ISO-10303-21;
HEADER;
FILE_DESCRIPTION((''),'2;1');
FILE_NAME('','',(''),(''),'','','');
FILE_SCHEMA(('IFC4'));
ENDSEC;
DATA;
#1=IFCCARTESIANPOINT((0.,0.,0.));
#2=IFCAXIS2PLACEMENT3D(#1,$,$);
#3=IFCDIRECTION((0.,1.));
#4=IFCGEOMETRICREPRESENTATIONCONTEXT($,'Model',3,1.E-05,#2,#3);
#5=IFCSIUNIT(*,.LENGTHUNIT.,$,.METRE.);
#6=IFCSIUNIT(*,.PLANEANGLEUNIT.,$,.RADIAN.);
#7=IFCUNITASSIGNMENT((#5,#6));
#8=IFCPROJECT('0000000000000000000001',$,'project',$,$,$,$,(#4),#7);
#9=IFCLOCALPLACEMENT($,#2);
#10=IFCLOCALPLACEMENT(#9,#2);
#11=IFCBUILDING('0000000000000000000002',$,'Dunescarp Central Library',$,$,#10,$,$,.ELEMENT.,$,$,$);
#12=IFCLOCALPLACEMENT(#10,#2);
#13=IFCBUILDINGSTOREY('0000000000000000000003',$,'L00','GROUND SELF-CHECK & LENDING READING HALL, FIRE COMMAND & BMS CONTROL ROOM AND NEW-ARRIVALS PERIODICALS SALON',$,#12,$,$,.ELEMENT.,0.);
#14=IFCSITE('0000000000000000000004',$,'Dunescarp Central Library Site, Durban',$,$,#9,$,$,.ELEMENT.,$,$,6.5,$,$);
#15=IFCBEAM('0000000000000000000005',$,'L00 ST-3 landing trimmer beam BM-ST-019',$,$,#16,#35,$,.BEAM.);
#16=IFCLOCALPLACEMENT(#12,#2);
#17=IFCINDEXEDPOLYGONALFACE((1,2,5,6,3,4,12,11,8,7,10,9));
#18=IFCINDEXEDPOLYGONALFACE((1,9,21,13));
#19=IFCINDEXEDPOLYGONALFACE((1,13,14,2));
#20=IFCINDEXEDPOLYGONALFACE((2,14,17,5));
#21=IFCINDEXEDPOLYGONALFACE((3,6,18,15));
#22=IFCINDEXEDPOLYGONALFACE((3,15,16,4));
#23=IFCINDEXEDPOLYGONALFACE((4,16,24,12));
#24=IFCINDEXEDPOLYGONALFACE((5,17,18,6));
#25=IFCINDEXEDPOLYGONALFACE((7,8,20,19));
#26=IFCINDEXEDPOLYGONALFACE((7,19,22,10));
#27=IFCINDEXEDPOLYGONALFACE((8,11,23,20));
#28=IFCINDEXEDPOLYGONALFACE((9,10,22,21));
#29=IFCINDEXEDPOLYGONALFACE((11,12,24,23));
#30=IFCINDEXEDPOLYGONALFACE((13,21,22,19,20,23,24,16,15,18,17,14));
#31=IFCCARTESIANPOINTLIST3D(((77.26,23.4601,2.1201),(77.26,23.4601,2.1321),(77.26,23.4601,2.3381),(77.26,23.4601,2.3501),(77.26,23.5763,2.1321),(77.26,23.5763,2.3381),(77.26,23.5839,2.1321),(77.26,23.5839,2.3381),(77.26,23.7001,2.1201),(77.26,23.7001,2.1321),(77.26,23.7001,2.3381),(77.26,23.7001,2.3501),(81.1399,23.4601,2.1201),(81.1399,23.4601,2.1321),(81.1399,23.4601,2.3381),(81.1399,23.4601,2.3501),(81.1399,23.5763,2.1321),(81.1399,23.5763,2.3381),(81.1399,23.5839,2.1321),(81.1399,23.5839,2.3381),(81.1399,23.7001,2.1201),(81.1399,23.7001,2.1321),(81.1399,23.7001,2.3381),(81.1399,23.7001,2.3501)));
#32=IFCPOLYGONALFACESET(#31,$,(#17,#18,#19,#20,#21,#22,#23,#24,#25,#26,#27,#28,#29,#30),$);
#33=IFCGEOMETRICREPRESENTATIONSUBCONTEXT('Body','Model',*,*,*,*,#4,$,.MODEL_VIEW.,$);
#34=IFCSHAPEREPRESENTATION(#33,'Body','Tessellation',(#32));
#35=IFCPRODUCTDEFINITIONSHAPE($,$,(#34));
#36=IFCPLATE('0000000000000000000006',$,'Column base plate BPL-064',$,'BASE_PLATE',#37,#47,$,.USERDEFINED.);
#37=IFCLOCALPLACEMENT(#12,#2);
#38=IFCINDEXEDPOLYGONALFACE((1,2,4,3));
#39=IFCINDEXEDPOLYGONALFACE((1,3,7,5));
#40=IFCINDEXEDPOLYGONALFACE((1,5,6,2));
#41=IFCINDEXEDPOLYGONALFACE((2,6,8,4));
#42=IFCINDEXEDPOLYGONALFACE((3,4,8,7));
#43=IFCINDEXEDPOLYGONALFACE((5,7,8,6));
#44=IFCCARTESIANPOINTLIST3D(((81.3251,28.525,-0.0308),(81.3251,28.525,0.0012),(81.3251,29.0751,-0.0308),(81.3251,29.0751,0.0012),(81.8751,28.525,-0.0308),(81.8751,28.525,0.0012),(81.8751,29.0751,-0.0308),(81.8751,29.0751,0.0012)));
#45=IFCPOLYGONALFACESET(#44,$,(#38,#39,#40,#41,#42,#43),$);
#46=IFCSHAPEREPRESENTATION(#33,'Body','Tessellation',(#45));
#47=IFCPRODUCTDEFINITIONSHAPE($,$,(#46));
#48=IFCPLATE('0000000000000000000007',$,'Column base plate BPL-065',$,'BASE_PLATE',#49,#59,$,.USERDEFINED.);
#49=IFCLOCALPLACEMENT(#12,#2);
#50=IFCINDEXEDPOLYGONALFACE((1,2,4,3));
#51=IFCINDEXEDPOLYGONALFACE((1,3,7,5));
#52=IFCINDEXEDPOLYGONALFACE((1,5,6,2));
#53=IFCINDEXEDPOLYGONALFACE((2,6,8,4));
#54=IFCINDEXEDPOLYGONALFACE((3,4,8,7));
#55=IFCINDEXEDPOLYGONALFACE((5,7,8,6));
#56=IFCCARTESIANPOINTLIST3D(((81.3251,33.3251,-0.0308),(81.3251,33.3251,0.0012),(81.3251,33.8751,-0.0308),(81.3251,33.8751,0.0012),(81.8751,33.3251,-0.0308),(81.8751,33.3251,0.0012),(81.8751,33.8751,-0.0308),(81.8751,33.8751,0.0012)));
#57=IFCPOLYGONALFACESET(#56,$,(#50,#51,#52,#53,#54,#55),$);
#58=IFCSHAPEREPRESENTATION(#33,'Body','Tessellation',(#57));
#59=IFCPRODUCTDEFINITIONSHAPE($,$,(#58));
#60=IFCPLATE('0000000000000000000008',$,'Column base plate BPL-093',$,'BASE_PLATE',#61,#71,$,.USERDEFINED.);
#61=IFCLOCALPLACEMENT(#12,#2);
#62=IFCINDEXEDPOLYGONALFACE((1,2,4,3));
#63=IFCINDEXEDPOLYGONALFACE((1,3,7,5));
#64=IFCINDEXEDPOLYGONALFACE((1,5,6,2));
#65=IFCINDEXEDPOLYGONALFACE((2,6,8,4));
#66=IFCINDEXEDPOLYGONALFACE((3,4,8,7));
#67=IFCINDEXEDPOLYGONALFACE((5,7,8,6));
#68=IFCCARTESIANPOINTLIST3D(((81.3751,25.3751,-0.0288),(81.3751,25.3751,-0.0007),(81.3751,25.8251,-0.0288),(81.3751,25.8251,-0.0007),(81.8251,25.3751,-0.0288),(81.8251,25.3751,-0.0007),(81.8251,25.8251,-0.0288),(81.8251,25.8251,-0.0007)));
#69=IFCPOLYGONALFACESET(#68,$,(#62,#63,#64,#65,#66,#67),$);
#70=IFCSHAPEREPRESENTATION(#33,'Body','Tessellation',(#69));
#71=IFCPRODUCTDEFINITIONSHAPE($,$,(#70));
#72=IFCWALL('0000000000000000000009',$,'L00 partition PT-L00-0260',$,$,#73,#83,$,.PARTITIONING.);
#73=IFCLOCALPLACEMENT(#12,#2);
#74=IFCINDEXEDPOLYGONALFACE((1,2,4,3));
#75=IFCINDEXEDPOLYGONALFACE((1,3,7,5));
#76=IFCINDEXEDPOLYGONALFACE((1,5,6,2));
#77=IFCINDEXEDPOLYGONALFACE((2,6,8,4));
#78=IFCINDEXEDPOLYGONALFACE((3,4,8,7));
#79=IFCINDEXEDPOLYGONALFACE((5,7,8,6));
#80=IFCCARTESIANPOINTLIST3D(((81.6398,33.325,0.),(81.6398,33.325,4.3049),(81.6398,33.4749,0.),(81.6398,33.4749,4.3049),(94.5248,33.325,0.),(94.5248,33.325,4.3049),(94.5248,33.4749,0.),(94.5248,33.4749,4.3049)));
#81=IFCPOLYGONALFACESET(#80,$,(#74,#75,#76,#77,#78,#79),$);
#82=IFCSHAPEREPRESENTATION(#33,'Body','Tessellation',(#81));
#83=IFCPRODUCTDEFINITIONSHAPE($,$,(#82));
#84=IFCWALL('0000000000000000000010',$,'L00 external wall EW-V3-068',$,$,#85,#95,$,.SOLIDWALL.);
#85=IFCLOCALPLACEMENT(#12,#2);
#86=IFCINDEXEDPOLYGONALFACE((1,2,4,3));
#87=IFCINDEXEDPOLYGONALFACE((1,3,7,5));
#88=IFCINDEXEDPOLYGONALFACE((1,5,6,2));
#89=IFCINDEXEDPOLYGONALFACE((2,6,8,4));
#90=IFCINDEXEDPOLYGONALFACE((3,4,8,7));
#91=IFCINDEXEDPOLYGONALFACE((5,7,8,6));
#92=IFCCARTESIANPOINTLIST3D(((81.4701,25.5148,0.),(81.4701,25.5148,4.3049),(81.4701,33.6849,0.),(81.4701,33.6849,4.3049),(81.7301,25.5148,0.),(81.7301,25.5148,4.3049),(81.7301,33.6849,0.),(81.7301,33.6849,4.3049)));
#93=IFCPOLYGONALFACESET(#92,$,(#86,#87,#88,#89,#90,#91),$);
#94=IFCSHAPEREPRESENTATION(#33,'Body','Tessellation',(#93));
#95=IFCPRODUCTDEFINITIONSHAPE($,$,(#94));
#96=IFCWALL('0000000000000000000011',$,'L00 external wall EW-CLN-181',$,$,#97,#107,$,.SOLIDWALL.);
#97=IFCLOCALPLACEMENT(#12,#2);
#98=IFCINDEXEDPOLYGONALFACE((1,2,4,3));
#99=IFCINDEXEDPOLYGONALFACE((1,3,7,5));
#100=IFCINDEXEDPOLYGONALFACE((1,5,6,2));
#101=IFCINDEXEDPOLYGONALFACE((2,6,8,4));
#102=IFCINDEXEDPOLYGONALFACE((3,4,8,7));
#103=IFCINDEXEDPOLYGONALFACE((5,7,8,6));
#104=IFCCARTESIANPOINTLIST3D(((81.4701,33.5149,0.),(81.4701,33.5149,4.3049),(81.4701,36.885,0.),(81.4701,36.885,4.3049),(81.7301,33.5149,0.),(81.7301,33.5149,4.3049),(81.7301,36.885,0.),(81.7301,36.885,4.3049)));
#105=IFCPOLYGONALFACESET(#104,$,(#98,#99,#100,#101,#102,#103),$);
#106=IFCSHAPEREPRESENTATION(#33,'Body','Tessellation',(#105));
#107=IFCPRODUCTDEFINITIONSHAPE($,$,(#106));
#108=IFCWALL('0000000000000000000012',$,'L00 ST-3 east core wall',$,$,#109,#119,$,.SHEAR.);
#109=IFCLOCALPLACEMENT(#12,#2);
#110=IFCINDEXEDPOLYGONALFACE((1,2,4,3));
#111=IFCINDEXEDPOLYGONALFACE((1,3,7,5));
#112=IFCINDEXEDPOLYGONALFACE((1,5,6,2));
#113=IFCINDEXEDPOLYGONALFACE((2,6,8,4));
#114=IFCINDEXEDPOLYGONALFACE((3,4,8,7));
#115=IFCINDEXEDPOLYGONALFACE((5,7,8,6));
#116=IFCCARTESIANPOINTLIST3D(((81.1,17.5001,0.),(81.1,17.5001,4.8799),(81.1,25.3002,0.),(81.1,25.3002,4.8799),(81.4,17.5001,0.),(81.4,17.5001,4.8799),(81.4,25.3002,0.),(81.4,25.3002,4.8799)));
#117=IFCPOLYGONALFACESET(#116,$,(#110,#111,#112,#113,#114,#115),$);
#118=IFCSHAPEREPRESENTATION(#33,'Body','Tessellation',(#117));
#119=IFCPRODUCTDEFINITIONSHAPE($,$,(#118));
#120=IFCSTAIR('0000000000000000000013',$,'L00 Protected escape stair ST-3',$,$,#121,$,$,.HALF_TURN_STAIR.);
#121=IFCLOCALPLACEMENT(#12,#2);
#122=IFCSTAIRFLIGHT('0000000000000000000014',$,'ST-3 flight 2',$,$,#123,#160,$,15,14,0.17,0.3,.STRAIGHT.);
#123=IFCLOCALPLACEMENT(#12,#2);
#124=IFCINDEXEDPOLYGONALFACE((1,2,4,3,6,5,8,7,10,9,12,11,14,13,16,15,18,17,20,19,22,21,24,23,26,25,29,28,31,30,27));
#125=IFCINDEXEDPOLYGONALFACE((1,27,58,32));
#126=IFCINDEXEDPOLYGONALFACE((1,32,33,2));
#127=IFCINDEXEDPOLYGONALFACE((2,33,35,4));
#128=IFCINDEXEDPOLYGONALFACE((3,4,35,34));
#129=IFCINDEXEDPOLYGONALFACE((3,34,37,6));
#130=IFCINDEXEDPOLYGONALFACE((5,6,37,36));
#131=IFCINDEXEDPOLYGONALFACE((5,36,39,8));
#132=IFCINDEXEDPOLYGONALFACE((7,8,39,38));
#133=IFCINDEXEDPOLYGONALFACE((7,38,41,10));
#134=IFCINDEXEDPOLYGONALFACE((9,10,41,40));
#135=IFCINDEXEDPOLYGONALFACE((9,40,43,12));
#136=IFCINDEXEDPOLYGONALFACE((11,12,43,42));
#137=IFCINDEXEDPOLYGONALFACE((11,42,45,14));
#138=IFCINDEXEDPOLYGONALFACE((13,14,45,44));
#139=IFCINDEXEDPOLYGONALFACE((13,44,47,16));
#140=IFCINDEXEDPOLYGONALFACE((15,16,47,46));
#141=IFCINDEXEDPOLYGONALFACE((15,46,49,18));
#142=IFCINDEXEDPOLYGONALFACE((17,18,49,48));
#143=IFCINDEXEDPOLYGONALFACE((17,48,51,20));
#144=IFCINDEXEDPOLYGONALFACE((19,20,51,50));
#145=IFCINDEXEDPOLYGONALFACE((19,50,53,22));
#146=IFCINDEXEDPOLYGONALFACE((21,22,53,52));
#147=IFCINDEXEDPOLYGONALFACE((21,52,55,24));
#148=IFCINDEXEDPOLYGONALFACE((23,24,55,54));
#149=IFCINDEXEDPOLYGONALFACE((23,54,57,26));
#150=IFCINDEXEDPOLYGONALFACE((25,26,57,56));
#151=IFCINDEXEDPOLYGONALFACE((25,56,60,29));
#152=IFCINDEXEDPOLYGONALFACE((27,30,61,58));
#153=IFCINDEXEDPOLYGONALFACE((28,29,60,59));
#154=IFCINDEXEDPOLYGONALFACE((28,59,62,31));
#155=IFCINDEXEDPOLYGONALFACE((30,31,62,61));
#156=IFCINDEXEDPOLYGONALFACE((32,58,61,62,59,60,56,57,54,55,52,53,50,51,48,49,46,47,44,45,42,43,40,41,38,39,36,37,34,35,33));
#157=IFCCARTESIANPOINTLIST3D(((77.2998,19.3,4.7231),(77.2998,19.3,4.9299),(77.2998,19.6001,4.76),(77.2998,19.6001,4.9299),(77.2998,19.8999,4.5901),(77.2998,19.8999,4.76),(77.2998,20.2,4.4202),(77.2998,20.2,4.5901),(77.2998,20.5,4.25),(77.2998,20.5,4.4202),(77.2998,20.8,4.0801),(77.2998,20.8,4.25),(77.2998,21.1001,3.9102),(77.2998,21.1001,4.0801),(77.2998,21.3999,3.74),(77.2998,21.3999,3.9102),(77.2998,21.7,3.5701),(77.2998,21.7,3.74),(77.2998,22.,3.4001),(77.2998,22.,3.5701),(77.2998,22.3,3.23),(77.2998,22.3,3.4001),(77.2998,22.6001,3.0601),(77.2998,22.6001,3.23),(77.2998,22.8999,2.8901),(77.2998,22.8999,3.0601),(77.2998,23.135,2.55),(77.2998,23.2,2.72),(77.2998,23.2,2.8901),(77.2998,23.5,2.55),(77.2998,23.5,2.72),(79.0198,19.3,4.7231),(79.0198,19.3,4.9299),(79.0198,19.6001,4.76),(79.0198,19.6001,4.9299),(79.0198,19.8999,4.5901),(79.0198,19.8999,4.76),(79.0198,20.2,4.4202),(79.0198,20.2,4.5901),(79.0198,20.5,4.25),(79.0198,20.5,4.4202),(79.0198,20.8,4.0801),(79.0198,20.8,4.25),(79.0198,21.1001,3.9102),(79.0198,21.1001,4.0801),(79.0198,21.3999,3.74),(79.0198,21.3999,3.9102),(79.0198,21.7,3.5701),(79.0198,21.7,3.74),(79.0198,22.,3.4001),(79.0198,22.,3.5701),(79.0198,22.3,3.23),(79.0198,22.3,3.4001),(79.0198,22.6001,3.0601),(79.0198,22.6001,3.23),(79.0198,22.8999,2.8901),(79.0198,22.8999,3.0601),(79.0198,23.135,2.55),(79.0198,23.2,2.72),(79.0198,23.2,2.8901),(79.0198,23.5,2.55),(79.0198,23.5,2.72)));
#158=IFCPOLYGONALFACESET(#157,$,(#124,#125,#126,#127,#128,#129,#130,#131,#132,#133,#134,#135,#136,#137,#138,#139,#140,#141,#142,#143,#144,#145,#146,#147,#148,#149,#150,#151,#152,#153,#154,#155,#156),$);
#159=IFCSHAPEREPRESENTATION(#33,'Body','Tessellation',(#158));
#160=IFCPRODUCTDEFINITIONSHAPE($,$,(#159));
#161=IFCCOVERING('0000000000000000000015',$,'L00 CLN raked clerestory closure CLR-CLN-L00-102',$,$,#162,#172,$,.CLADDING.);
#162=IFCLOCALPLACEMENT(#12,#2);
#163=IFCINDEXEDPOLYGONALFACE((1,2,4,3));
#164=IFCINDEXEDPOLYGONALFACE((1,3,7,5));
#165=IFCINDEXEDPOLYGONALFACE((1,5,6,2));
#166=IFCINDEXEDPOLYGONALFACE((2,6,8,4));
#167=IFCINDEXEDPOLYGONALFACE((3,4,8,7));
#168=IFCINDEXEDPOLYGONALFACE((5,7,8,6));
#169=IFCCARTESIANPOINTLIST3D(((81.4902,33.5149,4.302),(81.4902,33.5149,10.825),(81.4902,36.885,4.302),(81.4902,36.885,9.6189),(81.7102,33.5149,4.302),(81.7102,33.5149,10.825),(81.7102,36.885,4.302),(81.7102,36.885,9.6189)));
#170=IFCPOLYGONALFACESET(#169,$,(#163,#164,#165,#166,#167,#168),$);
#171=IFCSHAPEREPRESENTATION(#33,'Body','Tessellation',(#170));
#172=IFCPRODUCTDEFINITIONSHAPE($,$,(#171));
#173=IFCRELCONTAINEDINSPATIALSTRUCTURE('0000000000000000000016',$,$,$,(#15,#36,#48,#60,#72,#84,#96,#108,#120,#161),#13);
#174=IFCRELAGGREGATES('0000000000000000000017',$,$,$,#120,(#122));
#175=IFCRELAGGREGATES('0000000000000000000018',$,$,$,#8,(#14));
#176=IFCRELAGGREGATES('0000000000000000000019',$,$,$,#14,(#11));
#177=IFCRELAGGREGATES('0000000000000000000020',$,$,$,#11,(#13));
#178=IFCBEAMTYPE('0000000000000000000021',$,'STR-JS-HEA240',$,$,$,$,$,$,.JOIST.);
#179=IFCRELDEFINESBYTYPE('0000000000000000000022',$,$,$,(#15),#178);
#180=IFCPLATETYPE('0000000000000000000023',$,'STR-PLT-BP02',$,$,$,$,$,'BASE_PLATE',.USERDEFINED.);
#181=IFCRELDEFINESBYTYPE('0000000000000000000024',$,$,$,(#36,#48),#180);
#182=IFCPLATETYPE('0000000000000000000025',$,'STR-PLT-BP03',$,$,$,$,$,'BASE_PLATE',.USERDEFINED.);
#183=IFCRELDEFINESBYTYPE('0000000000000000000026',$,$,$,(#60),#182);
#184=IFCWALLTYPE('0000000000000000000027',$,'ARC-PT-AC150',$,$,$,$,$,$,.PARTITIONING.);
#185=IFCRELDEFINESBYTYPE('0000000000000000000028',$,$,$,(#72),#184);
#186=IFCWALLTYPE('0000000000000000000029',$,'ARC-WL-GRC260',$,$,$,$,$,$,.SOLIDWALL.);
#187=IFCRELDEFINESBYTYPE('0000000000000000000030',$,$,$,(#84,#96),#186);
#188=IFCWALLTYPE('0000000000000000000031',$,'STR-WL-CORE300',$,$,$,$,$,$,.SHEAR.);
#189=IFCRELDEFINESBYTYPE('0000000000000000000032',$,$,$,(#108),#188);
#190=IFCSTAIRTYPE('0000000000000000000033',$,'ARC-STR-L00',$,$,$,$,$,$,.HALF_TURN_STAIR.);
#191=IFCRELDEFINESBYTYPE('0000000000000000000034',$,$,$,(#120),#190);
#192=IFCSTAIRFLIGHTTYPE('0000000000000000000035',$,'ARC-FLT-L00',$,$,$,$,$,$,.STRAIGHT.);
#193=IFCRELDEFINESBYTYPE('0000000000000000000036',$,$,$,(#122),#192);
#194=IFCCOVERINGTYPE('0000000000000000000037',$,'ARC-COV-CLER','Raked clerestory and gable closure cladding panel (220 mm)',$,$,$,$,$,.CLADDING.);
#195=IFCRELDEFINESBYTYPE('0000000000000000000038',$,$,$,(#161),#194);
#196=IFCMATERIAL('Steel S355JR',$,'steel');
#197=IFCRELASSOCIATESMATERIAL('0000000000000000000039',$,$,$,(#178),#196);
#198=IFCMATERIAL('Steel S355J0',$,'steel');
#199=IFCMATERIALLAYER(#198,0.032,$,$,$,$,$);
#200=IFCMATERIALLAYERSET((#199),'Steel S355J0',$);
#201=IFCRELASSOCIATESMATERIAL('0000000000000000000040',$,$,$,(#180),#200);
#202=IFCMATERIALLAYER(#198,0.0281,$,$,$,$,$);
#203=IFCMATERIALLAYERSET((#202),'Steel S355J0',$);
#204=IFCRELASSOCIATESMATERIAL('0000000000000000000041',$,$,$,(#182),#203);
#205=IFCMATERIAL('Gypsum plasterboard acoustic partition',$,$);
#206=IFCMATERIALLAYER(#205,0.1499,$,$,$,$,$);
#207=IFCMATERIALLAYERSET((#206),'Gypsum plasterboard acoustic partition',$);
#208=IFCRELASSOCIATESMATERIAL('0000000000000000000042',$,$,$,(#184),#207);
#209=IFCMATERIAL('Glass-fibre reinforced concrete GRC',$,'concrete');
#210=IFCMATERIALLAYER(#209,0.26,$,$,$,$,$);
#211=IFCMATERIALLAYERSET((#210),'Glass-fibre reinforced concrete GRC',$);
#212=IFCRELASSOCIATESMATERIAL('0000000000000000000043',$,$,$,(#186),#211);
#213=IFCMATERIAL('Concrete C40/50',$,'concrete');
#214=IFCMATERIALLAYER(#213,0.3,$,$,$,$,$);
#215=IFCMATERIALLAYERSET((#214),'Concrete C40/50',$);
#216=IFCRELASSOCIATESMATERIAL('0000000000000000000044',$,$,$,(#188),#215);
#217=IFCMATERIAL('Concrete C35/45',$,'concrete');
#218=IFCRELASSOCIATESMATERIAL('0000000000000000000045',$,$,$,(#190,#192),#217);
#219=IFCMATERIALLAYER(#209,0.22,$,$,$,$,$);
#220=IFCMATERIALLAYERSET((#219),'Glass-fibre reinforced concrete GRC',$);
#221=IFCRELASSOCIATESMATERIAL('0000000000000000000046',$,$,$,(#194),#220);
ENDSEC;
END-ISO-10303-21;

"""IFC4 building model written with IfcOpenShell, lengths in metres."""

from ifc_helpers import new_model, si_unit, direction, frame, frame_2d, origin, origin_2d, place, context, subcontext, project, spatial, polyline, rectangle, i_section, outline, extrude, material, layer, layer_set, material_profile, profile_set, type_object, element, aggregate, save


model = new_model("IFC4")

# Units and contexts
model_context = context("Model", 3, precision=1e-05, world=origin(), true_north=direction((0.0, 1.0)))
body_context = subcontext(model_context, "Body", "Model", "MODEL_VIEW")
ifc_project = project(units=[si_unit("LENGTHUNIT", "METRE"), si_unit("PLANEANGLEUNIT", "RADIAN")], contexts=[model_context])

# Site, building, storey
site_placement = place(None, origin())
site = spatial("IfcSite", under=ifc_project, at=site_placement, Name="Dunescarp Central Library Site, Durban", CompositionType="ELEMENT", RefElevation=6.5)
building_placement = place(site_placement, origin())
building = spatial("IfcBuilding", under=site, at=building_placement, Name="Dunescarp Central Library", CompositionType="ELEMENT")
storey_placement = place(building_placement, origin())
storey = spatial("IfcBuildingStorey", under=building, at=storey_placement, Name="L00", Description="GROUND SELF-CHECK & LENDING READING HALL, FIRE COMMAND & BMS CONTROL ROOM AND NEW-ARRIVALS PERIODICALS SALON", CompositionType="ELEMENT", Elevation=0.0)

# Shared definitions
ifc_material_1 = material(Name="Concrete C35/45", Category="concrete")
ifc_material_2 = material(Name="Concrete C40/50", Category="concrete")

# Shared definitions
ifc_material_3 = material(Name="Steel S355JR", Category="steel")

# Beam
ifc_material_profile_1 = material_profile(ifc_material_3, i_section(OverallWidth=0.24, OverallDepth=0.23, WebThickness=0.0076, FlangeThickness=0.012, at=origin_2d()), Name="HEA 240")
ifc_profile_set_1 = profile_set([ifc_material_profile_1], Name="Steel S355JR")
beam_type = type_object("IfcBeamType", Name="STR-JS-HEA240", PredefinedType="JOIST", material=ifc_profile_set_1)
beam_placement = place(storey_placement, frame((77.26, 23.5801, 2.2351), z_axis=(1.0, 0.0, 0.0), x_axis=(0.0, 1.0, 0.0)))
element("IfcBeam", 1, at=beam_placement, inside=storey, type_object=beam_type, Name="L00 ST-3 landing trimmer beam BM-ST-019", PredefinedType="BEAM", context=body_context, shape_type="SweptSolid", body=[
    extrude(i_section(OverallWidth=0.24, OverallDepth=0.23, WebThickness=0.0076, FlangeThickness=0.012, at=origin_2d()), origin(), (0.0, 0.0, 1.0), 3.8799),
])

# Plates
ifc_material_4 = material(Name="Steel S355J0", Category="steel")
ifc_layer_1 = layer(ifc_material_4, 0.032)
ifc_layer_set_1 = layer_set([ifc_layer_1], Name="Steel S355J0")
plate_type_1 = type_object("IfcPlateType", Name="STR-PLT-BP02", ElementType="BASE_PLATE", PredefinedType="USERDEFINED", material=ifc_layer_set_1)
for number, where, z_axis, x_axis, name in (
    (2, (81.6001, 28.8, -0.0308), (0.0, 0.0, 1.0), (1.0, 0.0, 0.0), "Column base plate BPL-064"),
    (3, (81.6001, 33.6001, -0.0308), (0.0, 0.0, 1.0), (1.0, 0.0, 0.0), "Column base plate BPL-065"),
):
    element("IfcPlate", number, at=place(storey_placement, frame(where, z_axis=z_axis, x_axis=x_axis)), inside=storey, type_object=plate_type_1, Name=name, ObjectType="BASE_PLATE", PredefinedType="USERDEFINED", context=body_context, shape_type="SweptSolid", body=[
        extrude(rectangle(XDim=0.55, YDim=0.55, at=origin_2d()), origin(), (0.0, 0.0, 1.0), 0.032),
    ])
ifc_layer_2 = layer(ifc_material_4, 0.0281)
ifc_layer_set_2 = layer_set([ifc_layer_2], Name="Steel S355J0")
plate_type_2 = type_object("IfcPlateType", Name="STR-PLT-BP03", ElementType="BASE_PLATE", PredefinedType="USERDEFINED", material=ifc_layer_set_2)
plate_placement = place(storey_placement, frame((81.6001, 25.6001, -0.0288), z_axis=(0.0, 0.0, 1.0), x_axis=(1.0, 0.0, 0.0)))
element("IfcPlate", 4, at=plate_placement, inside=storey, type_object=plate_type_2, Name="Column base plate BPL-093", ObjectType="BASE_PLATE", PredefinedType="USERDEFINED", context=body_context, shape_type="SweptSolid", body=[
    extrude(rectangle(XDim=0.45, YDim=0.45, at=origin_2d()), origin(), (0.0, 0.0, 1.0), 0.0281),
])

# Walls
ifc_material_5 = material(Name="Gypsum plasterboard acoustic partition")
ifc_layer_3 = layer(ifc_material_5, 0.1499)
ifc_layer_set_3 = layer_set([ifc_layer_3], Name="Gypsum plasterboard acoustic partition")
wall_type_1 = type_object("IfcWallType", Name="ARC-PT-AC150", PredefinedType="PARTITIONING", material=ifc_layer_set_3)
wall_1_placement = place(storey_placement, frame((81.6399, 33.3999, 0.0), z_axis=(0.0, 0.0, 1.0), x_axis=(1.0, 0.0, 0.0)))
element("IfcWall", 5, at=wall_1_placement, inside=storey, type_object=wall_type_1, Name="L00 partition PT-L00-0260", PredefinedType="PARTITIONING", context=body_context, shape_type="SweptSolid", body=[
    extrude(rectangle(XDim=12.885, YDim=0.1499, at=frame_2d((6.4424, 0.0))), origin(), (0.0, 0.0, 1.0), 4.3049),
])
ifc_material_6 = material(Name="Glass-fibre reinforced concrete GRC", Category="concrete")
ifc_layer_4 = layer(ifc_material_6, 0.26)
ifc_layer_set_4 = layer_set([ifc_layer_4], Name="Glass-fibre reinforced concrete GRC")
wall_type_2 = type_object("IfcWallType", Name="ARC-WL-GRC260", PredefinedType="SOLIDWALL", material=ifc_layer_set_4)
wall_2_placement = place(storey_placement, frame((81.6001, 25.5149, 0.0), z_axis=(0.0, 0.0, 1.0), x_axis=(0.0, 1.0, 0.0)))
element("IfcWall", 6, at=wall_2_placement, inside=storey, type_object=wall_type_2, Name="L00 external wall EW-V3-068", PredefinedType="SOLIDWALL", context=body_context, shape_type="SweptSolid", body=[
    extrude(rectangle(XDim=8.1702, YDim=0.26, at=frame_2d((4.085, 0.0))), origin(), (0.0, 0.0, 1.0), 4.3049),
])
wall_3_placement = place(storey_placement, frame((81.6001, 33.5149, 0.0), z_axis=(0.0, 0.0, 1.0), x_axis=(0.0, 1.0, 0.0)))
element("IfcWall", 7, at=wall_3_placement, inside=storey, type_object=wall_type_2, Name="L00 external wall EW-CLN-181", PredefinedType="SOLIDWALL", context=body_context, shape_type="SweptSolid", body=[
    extrude(rectangle(XDim=3.3701, YDim=0.26, at=frame_2d((1.6851, 0.0))), origin(), (0.0, 0.0, 1.0), 4.3049),
])
ifc_layer_5 = layer(ifc_material_2, 0.3)
ifc_layer_set_5 = layer_set([ifc_layer_5], Name="Concrete C40/50")
wall_type_3 = type_object("IfcWallType", Name="STR-WL-CORE300", PredefinedType="SHEAR", material=ifc_layer_set_5)
wall_4_placement = place(storey_placement, frame((81.25, 25.3, 0.0), z_axis=(0.0, 0.0, 1.0), x_axis=(0.0, -1.0, 0.0)))
element("IfcWall", 8, at=wall_4_placement, inside=storey, type_object=wall_type_3, Name="L00 ST-3 east core wall", PredefinedType="SHEAR", context=body_context, shape_type="SweptSolid", body=[
    extrude(rectangle(XDim=7.8, YDim=0.3, at=frame_2d((3.8999, 0.0))), origin(), (0.0, 0.0, 1.0), 4.8799),
])

# Stair, stair flight
stair_type = type_object("IfcStairType", Name="ARC-STR-L00", PredefinedType="HALF_TURN_STAIR", material=ifc_material_1)
stair_placement = place(storey_placement, origin())
stair = element("IfcStair", 9, at=stair_placement, inside=storey, type_object=stair_type, Name="L00 Protected escape stair ST-3", PredefinedType="HALF_TURN_STAIR")
stair_flight_type = type_object("IfcStairFlightType", Name="ARC-FLT-L00", PredefinedType="STRAIGHT", material=ifc_material_1)
stair_flight_placement = place(storey_placement, frame((78.1599, 23.5, 2.55), z_axis=(0.0, 0.0, 1.0), x_axis=(0.0, -1.0, 0.0)))
stair_flight = element("IfcStairFlight", 10, at=stair_flight_placement, type_object=stair_flight_type, Name="ST-3 flight 2", NumberOfRisers=15, NumberOfTreads=14, PredefinedType="STRAIGHT", RiserHeight=0.17, TreadLength=0.3, context=body_context, shape_type="SweptSolid", body=[
    extrude(outline(polyline([(0.0, 0.0), (0.0, 0.1699), (0.3, 0.1699), (0.3, 0.3401), (0.6001, 0.3401), (0.6001, 0.51), (0.8999, 0.51), (0.8999, 0.6799), (1.2, 0.6799), (1.2, 0.8501), (1.5, 0.8501), (1.5, 1.02), (1.8, 1.02), (1.8, 1.1899), (2.1001, 1.1899), (2.1001, 1.3601), (2.3999, 1.3601), (2.3999, 1.53), (2.7, 1.53), (2.7, 1.7), (3.0, 1.7), (3.0, 1.8701), (3.3, 1.8701), (3.3, 2.04), (3.6001, 2.04), (3.6001, 2.21), (3.8999, 2.21), (3.8999, 2.3799), (4.2, 2.3799), (4.2, 2.55), (4.2, 2.1731), (0.365, 0.0), (0.0, 0.0)])), frame((0.0, 0.8599, 0.0), z_axis=(0.0, -1.0, 0.0), x_axis=(1.0, 0.0, 0.0)), (0.0, 0.0, 1.0), 1.72),
])
aggregate(stair, [stair_flight])

# Covering
ifc_layer_6 = layer(ifc_material_6, 0.22)
ifc_layer_set_6 = layer_set([ifc_layer_6], Name="Glass-fibre reinforced concrete GRC")
covering_type = type_object("IfcCoveringType", Name="ARC-COV-CLER", Description="Raked clerestory and gable closure cladding panel (220 mm)", PredefinedType="CLADDING", material=ifc_layer_set_6)
covering_placement = place(storey_placement, frame((81.6001, 33.5149, 4.302), z_axis=(0.0, 0.0, 1.0), x_axis=(0.0, 1.0, 0.0)))
element("IfcCovering", 11, at=covering_placement, inside=storey, type_object=covering_type, Name="L00 CLN raked clerestory closure CLR-CLN-L00-102", PredefinedType="CLADDING", context=body_context, shape_type="SweptSolid", body=[
    extrude(outline(polyline([(0.0, 0.0), (3.3701, 0.0), (3.3701, 5.3169), (0.0, 6.5229), (0.0, 0.0)])), frame((0.0, 0.1099, 0.0), z_axis=(0.0, -1.0, 0.0), x_axis=(1.0, 0.0, 0.0)), (0.0, 0.0, 1.0), 0.22),
])

save(model, "model.ifc")
